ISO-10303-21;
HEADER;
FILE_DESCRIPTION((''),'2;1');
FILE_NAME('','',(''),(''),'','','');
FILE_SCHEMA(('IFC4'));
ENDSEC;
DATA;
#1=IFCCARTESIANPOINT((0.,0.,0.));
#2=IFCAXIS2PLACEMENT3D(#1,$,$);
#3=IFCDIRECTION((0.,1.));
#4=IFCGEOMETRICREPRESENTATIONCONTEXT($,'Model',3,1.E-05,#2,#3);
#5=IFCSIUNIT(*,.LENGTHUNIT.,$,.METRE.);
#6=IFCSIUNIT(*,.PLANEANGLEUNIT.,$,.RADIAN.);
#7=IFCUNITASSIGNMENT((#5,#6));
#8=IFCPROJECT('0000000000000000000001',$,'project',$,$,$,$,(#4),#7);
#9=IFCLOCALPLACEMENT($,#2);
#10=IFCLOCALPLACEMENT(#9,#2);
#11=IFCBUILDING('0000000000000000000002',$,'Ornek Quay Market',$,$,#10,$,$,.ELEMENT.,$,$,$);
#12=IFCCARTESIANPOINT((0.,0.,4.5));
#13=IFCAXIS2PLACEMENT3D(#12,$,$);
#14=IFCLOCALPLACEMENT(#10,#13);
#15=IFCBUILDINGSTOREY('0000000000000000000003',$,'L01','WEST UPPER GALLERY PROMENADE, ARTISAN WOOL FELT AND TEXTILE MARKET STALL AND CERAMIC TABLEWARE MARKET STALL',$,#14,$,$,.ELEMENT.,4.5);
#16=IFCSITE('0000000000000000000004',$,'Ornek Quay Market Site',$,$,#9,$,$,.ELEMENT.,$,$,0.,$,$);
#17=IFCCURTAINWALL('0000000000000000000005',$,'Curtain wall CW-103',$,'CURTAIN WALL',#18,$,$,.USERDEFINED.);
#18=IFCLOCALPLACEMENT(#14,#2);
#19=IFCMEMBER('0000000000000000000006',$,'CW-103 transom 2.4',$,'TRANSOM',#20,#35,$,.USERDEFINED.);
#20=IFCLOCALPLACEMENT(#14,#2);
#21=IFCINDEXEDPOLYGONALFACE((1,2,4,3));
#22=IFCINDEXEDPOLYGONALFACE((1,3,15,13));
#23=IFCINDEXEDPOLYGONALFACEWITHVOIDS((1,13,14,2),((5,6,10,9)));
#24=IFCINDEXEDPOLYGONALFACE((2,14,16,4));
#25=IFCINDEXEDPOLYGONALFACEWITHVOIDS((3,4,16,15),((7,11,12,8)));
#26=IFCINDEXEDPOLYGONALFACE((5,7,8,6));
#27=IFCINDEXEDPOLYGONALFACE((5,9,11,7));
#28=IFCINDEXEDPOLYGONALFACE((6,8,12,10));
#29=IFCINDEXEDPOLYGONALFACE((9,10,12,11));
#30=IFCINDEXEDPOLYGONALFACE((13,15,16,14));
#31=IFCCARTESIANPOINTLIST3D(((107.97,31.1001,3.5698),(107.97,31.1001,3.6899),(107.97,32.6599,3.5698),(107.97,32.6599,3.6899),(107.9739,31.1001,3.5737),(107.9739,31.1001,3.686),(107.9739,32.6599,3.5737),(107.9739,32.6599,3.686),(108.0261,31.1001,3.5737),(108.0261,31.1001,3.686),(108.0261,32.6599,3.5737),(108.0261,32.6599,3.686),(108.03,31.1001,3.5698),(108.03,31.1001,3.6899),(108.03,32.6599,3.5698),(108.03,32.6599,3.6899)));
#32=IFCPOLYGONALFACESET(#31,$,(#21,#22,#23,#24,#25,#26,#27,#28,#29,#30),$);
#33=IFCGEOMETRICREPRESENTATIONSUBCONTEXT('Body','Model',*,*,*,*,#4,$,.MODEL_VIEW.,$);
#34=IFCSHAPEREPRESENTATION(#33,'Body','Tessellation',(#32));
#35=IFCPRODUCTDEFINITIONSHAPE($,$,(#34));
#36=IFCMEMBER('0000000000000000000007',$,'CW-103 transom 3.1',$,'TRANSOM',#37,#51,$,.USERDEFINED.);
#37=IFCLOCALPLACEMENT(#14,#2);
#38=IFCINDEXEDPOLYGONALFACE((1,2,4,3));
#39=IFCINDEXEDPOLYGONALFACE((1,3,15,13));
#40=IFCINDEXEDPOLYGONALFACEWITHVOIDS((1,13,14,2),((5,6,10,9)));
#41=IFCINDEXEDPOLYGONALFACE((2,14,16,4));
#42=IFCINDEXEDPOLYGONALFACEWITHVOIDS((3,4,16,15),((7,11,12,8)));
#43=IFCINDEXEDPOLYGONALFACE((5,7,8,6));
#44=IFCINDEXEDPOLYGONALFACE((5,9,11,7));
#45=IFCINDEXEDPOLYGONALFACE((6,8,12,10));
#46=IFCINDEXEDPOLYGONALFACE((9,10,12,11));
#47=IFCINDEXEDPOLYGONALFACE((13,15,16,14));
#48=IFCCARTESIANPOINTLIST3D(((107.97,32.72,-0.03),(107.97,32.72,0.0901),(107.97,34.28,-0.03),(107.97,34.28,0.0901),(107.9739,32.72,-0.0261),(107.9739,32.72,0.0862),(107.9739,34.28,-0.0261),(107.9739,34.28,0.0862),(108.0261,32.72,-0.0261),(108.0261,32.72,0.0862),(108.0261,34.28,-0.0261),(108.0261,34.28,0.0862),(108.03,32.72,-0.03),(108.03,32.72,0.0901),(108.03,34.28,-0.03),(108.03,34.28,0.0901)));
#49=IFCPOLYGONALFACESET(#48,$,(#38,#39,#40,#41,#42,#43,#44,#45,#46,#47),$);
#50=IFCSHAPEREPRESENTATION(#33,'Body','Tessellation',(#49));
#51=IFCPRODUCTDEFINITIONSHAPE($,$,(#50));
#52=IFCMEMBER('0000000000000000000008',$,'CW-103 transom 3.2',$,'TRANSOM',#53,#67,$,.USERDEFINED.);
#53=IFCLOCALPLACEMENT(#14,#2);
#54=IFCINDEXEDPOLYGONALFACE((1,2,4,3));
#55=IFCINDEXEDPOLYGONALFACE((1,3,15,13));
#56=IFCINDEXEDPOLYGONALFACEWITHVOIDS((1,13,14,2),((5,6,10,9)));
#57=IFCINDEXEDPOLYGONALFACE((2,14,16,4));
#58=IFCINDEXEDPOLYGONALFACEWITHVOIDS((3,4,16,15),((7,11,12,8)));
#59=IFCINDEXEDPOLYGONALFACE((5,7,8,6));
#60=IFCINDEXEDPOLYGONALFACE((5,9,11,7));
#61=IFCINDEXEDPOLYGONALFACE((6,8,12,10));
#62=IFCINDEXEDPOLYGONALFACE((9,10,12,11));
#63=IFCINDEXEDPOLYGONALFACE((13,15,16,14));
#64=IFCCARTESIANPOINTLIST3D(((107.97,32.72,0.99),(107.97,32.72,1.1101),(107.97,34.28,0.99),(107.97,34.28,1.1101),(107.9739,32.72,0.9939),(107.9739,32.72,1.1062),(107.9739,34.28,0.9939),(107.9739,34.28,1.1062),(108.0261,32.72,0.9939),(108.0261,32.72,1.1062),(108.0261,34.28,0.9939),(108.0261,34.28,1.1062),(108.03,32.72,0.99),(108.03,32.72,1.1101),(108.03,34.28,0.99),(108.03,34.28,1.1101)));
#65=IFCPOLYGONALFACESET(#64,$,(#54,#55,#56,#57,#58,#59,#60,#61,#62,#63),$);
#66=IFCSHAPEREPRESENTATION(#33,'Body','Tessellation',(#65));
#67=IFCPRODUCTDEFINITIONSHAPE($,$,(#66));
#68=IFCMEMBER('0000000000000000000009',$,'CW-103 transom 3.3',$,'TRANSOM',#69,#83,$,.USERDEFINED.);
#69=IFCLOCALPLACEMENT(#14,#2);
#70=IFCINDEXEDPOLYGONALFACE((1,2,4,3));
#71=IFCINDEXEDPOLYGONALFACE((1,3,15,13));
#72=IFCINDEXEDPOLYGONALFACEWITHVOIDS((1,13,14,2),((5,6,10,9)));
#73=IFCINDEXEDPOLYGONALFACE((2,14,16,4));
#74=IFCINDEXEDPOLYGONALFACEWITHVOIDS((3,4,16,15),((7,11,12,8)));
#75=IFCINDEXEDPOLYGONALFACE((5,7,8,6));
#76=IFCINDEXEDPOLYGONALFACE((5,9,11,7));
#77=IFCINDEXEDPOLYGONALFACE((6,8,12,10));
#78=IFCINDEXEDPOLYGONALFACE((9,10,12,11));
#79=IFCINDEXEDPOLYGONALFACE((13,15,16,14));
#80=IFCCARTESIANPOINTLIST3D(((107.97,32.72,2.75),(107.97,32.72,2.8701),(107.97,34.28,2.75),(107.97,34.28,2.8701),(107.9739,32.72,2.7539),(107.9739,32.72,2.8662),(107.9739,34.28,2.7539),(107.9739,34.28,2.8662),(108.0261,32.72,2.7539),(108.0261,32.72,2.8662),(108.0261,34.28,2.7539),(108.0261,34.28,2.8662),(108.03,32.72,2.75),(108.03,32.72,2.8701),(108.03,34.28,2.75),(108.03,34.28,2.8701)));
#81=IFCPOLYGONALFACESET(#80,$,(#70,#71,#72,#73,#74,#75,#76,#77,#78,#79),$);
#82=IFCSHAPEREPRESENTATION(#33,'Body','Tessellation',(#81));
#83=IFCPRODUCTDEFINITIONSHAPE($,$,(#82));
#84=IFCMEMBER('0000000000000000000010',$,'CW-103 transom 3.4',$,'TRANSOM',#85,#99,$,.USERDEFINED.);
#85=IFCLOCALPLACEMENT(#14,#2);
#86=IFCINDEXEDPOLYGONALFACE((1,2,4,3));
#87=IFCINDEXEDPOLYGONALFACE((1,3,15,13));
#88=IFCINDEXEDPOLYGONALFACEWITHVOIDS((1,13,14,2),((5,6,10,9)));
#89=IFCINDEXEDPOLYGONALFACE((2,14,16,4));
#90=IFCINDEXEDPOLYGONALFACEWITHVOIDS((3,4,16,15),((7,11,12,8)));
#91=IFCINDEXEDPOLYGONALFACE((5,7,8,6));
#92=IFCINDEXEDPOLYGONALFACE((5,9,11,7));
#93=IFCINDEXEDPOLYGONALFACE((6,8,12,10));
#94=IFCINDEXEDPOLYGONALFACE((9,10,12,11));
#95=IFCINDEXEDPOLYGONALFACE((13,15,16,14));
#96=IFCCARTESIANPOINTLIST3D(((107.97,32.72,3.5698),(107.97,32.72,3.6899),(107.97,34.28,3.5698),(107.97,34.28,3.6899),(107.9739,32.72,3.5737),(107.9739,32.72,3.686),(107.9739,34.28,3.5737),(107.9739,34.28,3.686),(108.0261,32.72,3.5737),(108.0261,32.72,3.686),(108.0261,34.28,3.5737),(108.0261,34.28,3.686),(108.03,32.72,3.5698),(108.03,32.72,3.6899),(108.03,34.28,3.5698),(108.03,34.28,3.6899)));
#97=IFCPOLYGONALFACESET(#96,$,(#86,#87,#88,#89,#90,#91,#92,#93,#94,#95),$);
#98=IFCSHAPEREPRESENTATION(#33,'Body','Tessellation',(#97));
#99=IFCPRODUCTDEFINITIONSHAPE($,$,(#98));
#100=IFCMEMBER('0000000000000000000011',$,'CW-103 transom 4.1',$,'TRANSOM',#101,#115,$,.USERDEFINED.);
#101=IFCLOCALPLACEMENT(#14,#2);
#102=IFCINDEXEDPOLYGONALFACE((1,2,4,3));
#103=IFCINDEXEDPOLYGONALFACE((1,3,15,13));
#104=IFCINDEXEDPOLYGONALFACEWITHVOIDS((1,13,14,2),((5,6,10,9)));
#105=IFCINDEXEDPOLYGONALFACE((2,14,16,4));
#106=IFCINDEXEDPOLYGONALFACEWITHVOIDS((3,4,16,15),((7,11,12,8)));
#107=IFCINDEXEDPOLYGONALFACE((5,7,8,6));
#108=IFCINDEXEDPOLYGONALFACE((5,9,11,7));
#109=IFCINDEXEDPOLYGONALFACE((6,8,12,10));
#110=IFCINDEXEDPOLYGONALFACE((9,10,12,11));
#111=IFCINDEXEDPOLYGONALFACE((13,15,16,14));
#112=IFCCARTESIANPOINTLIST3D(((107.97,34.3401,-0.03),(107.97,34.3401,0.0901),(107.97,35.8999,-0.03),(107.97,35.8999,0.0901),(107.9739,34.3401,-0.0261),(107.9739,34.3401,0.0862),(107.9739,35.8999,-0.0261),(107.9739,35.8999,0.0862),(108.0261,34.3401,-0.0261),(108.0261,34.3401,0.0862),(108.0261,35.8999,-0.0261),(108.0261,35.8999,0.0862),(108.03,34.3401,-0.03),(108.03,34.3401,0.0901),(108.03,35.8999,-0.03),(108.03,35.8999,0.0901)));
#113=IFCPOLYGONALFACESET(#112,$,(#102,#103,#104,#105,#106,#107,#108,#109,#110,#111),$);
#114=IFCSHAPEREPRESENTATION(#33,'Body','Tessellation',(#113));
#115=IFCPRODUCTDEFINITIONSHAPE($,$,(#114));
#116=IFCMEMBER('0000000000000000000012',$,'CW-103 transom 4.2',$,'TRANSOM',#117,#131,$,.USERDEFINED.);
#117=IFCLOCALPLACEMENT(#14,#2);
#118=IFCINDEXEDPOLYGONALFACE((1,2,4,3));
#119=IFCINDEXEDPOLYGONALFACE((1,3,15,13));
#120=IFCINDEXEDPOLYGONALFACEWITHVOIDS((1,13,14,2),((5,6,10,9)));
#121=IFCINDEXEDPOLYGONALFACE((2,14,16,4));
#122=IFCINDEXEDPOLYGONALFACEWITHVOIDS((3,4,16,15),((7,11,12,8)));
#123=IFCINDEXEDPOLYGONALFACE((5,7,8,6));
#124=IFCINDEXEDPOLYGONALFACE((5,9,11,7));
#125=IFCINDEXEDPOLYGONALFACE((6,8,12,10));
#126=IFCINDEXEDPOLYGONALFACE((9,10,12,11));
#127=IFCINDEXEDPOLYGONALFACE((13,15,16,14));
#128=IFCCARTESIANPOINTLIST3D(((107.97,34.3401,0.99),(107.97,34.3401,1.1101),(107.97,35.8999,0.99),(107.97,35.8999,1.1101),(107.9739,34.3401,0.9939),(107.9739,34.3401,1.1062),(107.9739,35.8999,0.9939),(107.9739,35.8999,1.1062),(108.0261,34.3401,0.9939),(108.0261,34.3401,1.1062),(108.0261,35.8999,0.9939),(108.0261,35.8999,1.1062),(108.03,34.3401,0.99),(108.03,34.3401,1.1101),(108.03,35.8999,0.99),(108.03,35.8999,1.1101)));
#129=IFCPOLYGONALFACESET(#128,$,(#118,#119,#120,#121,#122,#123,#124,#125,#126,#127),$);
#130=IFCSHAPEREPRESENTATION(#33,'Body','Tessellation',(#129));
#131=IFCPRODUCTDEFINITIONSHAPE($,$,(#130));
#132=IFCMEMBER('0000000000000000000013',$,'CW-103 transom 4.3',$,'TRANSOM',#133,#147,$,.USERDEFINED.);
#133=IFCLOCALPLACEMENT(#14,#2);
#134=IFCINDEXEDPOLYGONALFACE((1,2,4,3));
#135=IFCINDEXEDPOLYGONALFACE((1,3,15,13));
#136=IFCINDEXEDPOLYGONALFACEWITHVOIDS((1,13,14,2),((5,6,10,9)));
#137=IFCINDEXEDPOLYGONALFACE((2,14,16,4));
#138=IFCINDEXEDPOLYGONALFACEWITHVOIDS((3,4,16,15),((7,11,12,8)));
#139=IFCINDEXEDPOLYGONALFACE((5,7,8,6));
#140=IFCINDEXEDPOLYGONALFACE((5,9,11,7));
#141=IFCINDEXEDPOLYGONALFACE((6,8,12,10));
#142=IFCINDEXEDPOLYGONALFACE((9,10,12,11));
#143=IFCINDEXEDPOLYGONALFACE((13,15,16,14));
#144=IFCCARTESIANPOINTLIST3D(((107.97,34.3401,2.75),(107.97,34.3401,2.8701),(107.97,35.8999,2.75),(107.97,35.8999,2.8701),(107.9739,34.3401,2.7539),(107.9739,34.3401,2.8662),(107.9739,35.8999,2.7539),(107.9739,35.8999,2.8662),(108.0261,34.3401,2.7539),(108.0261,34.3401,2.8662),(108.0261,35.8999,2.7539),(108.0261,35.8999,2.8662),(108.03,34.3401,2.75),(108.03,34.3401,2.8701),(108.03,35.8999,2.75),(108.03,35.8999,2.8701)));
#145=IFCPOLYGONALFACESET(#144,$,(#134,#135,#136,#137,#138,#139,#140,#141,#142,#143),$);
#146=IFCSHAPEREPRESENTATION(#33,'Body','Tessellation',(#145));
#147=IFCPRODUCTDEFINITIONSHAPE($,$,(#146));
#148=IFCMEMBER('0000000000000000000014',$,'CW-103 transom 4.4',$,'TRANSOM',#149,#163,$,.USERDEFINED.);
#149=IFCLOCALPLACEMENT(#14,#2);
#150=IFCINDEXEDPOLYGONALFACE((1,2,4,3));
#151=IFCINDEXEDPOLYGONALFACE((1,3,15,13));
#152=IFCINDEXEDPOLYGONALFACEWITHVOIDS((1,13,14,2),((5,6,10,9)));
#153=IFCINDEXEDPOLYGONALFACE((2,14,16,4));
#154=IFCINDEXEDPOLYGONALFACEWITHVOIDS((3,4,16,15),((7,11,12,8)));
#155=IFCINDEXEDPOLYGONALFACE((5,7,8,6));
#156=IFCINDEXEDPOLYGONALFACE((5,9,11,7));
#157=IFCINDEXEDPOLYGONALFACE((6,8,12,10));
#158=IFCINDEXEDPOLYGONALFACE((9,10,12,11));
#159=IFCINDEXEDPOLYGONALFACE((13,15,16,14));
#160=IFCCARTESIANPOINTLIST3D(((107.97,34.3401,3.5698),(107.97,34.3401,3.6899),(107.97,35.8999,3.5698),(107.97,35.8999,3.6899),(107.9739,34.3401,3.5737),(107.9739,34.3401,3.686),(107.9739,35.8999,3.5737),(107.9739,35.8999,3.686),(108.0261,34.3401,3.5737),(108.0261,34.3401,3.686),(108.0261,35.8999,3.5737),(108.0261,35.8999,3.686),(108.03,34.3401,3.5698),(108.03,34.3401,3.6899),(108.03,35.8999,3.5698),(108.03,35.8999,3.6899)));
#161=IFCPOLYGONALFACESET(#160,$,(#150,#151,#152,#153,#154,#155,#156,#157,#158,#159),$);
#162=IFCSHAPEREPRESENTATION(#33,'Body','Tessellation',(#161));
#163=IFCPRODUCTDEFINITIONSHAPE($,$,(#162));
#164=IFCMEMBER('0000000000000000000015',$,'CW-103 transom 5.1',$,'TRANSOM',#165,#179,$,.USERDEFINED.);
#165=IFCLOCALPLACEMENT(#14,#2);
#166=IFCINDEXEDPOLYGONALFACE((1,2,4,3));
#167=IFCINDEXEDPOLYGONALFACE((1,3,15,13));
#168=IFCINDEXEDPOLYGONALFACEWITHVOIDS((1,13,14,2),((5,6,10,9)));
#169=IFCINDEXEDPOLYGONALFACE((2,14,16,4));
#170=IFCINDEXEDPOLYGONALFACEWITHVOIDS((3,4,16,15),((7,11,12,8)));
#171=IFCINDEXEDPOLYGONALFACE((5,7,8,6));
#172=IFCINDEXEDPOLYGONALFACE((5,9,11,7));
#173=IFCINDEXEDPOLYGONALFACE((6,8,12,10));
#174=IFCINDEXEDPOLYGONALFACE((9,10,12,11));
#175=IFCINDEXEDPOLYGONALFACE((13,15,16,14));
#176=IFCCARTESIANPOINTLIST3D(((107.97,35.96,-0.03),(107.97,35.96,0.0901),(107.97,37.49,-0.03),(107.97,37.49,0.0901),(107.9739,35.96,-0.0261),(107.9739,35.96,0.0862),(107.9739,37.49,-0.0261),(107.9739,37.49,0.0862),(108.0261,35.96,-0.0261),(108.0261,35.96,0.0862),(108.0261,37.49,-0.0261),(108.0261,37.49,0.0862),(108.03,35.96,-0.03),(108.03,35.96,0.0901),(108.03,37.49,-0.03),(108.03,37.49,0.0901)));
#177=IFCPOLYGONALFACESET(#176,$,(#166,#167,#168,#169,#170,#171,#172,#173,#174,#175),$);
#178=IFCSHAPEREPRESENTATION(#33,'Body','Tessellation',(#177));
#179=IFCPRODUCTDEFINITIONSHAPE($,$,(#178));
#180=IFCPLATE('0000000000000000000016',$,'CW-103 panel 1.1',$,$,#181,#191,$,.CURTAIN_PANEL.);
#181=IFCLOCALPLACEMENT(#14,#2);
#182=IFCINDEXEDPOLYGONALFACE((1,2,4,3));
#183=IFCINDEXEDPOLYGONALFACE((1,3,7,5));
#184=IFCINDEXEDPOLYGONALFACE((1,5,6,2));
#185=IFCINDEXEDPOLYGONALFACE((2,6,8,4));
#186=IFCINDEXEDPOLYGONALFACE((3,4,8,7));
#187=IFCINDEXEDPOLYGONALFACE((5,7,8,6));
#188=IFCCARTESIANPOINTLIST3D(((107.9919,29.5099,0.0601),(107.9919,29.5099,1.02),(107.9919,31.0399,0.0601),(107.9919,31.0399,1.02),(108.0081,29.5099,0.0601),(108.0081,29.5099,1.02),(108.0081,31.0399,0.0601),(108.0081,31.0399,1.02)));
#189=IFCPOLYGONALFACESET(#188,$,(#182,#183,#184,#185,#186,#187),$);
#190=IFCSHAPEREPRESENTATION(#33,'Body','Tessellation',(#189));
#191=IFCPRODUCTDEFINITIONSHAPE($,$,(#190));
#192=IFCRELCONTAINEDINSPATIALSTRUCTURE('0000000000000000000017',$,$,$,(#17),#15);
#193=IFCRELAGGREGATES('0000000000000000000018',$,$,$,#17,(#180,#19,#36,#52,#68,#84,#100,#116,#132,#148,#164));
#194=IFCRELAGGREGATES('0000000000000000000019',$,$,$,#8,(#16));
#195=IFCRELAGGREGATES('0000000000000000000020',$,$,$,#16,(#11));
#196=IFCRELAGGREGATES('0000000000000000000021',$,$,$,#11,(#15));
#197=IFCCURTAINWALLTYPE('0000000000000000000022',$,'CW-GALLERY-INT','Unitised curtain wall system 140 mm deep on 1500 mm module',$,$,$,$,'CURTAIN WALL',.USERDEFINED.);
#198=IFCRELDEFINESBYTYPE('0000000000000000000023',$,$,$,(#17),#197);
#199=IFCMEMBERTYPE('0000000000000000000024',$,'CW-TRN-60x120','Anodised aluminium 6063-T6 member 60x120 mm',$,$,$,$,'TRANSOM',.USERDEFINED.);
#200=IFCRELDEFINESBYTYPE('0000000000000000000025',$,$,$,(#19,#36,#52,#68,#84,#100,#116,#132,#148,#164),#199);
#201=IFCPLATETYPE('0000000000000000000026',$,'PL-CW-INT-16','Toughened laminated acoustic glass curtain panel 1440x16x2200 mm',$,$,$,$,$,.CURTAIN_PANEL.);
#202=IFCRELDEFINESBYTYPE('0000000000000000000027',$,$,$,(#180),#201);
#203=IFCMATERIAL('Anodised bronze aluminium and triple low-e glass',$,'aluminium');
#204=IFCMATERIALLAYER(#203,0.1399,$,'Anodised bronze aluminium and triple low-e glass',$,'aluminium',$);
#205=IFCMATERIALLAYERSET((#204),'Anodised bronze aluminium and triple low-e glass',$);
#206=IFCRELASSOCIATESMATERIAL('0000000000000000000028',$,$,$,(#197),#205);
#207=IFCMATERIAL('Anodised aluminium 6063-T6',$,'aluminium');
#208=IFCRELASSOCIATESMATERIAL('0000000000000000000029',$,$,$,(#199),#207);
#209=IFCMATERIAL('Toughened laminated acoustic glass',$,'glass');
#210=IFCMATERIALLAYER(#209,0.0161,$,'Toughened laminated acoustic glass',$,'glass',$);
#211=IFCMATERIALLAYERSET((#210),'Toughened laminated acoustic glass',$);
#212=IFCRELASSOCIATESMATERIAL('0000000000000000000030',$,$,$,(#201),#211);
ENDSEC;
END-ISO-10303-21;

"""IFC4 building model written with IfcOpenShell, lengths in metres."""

from ifc_helpers import new_model, si_unit, direction, frame, origin, origin_2d, place, context, subcontext, project, spatial, rectangle, hollow_rectangle, extrude, material, layer, layer_set, material_profile, profile_set, type_object, element, aggregate, save


model = new_model("IFC4")

# Units and contexts
model_context = context("Model", 3, precision=1e-05, world=origin(), true_north=direction((0.0, 1.0)))
body_context = subcontext(model_context, "Body", "Model", "MODEL_VIEW")
ifc_project = project(units=[si_unit("LENGTHUNIT", "METRE"), si_unit("PLANEANGLEUNIT", "RADIAN")], contexts=[model_context])

# Site, building, storey
site_placement = place(None, origin())
site = spatial("IfcSite", under=ifc_project, at=site_placement, Name="Ornek Quay Market Site", CompositionType="ELEMENT", RefElevation=0.0)
building_placement = place(site_placement, origin())
building = spatial("IfcBuilding", under=site, at=building_placement, Name="Ornek Quay Market", CompositionType="ELEMENT")
storey_placement = place(building_placement, frame((0.0, 0.0, 4.5)))
storey = spatial("IfcBuildingStorey", under=building, at=storey_placement, Name="L01", Description="WEST UPPER GALLERY PROMENADE, ARTISAN WOOL FELT AND TEXTILE MARKET STALL AND CERAMIC TABLEWARE MARKET STALL", CompositionType="ELEMENT", Elevation=4.5)

# Curtain wall, members, plate
ifc_material_1 = material(Name="Anodised bronze aluminium and triple low-e glass", Category="aluminium")
ifc_layer_1 = layer(ifc_material_1, 0.1399, Name="Anodised bronze aluminium and triple low-e glass", Category="aluminium")
ifc_layer_set_1 = layer_set([ifc_layer_1], Name="Anodised bronze aluminium and triple low-e glass")
curtain_wall_type = type_object("IfcCurtainWallType", Name="CW-GALLERY-INT", Description="Unitised curtain wall system 140 mm deep on 1500 mm module", ElementType="CURTAIN WALL", PredefinedType="USERDEFINED", material=ifc_layer_set_1)
curtain_wall_placement = place(storey_placement, origin())
curtain_wall = element("IfcCurtainWall", 1, at=curtain_wall_placement, inside=storey, type_object=curtain_wall_type, Name="Curtain wall CW-103", ObjectType="CURTAIN WALL", PredefinedType="USERDEFINED")
ifc_material_2 = material(Name="Anodised aluminium 6063-T6", Category="aluminium")
ifc_material_profile_1 = material_profile(ifc_material_2, hollow_rectangle(XDim=0.0601, YDim=0.1201, WallThickness=0.0039, at=origin_2d()), Name="CW-TRN-60x120", Category="aluminium")
ifc_profile_set_1 = profile_set([ifc_material_profile_1], Name="Anodised aluminium 6063-T6")
member_type_1 = type_object("IfcMemberType", Name="CW-TRN-60x120", Description="Anodised aluminium 6063-T6 member 60x120 mm", ElementType="TRANSOM", PredefinedType="USERDEFINED", material=ifc_profile_set_1)
member_1_placement = place(storey_placement, frame((108.0, 31.1001, 3.6299), z_axis=(0.0, 1.0, 0.0), x_axis=(-1.0, 0.0, 0.0)))
member_1 = element("IfcMember", 2, at=member_1_placement, type_object=member_type_1, Name="CW-103 transom 2.4", ObjectType="TRANSOM", PredefinedType="USERDEFINED", context=body_context, shape_type="SweptSolid", body=[
    extrude(hollow_rectangle(XDim=0.0601, YDim=0.1201, WallThickness=0.0039, at=origin_2d()), origin(), (0.0, 0.0, 1.0), 1.5598),
])
member_2_placement = place(storey_placement, frame((108.0, 32.72, 0.03), z_axis=(0.0, 1.0, 0.0), x_axis=(-1.0, 0.0, 0.0)))
member_2 = element("IfcMember", 3, at=member_2_placement, type_object=member_type_1, Name="CW-103 transom 3.1", ObjectType="TRANSOM", PredefinedType="USERDEFINED", context=body_context, shape_type="SweptSolid", body=[
    extrude(hollow_rectangle(XDim=0.0601, YDim=0.1201, WallThickness=0.0039, at=origin_2d()), origin(), (0.0, 0.0, 1.0), 1.5601),
])
member_3_placement = place(storey_placement, frame((108.0, 32.72, 1.05), z_axis=(0.0, 1.0, 0.0), x_axis=(-1.0, 0.0, 0.0)))
member_3 = element("IfcMember", 4, at=member_3_placement, type_object=member_type_1, Name="CW-103 transom 3.2", ObjectType="TRANSOM", PredefinedType="USERDEFINED", context=body_context, shape_type="SweptSolid", body=[
    extrude(hollow_rectangle(XDim=0.0601, YDim=0.1201, WallThickness=0.0039, at=origin_2d()), origin(), (0.0, 0.0, 1.0), 1.5601),
])
member_4_placement = place(storey_placement, frame((108.0, 32.72, 2.8101), z_axis=(0.0, 1.0, 0.0), x_axis=(-1.0, 0.0, 0.0)))
member_4 = element("IfcMember", 5, at=member_4_placement, type_object=member_type_1, Name="CW-103 transom 3.3", ObjectType="TRANSOM", PredefinedType="USERDEFINED", context=body_context, shape_type="SweptSolid", body=[
    extrude(hollow_rectangle(XDim=0.0601, YDim=0.1201, WallThickness=0.0039, at=origin_2d()), origin(), (0.0, 0.0, 1.0), 1.5601),
])
member_5_placement = place(storey_placement, frame((108.0, 32.72, 3.6299), z_axis=(0.0, 1.0, 0.0), x_axis=(-1.0, 0.0, 0.0)))
member_5 = element("IfcMember", 6, at=member_5_placement, type_object=member_type_1, Name="CW-103 transom 3.4", ObjectType="TRANSOM", PredefinedType="USERDEFINED", context=body_context, shape_type="SweptSolid", body=[
    extrude(hollow_rectangle(XDim=0.0601, YDim=0.1201, WallThickness=0.0039, at=origin_2d()), origin(), (0.0, 0.0, 1.0), 1.5601),
])
member_6_placement = place(storey_placement, frame((108.0, 34.3401, 0.03), z_axis=(0.0, 1.0, 0.0), x_axis=(-1.0, 0.0, 0.0)))
member_6 = element("IfcMember", 7, at=member_6_placement, type_object=member_type_1, Name="CW-103 transom 4.1", ObjectType="TRANSOM", PredefinedType="USERDEFINED", context=body_context, shape_type="SweptSolid", body=[
    extrude(hollow_rectangle(XDim=0.0601, YDim=0.1201, WallThickness=0.0039, at=origin_2d()), origin(), (0.0, 0.0, 1.0), 1.5598),
])
member_7_placement = place(storey_placement, frame((108.0, 34.3401, 1.05), z_axis=(0.0, 1.0, 0.0), x_axis=(-1.0, 0.0, 0.0)))
member_7 = element("IfcMember", 8, at=member_7_placement, type_object=member_type_1, Name="CW-103 transom 4.2", ObjectType="TRANSOM", PredefinedType="USERDEFINED", context=body_context, shape_type="SweptSolid", body=[
    extrude(hollow_rectangle(XDim=0.0601, YDim=0.1201, WallThickness=0.0039, at=origin_2d()), origin(), (0.0, 0.0, 1.0), 1.5598),
])
member_8_placement = place(storey_placement, frame((108.0, 34.3401, 2.8101), z_axis=(0.0, 1.0, 0.0), x_axis=(-1.0, 0.0, 0.0)))
member_8 = element("IfcMember", 9, at=member_8_placement, type_object=member_type_1, Name="CW-103 transom 4.3", ObjectType="TRANSOM", PredefinedType="USERDEFINED", context=body_context, shape_type="SweptSolid", body=[
    extrude(hollow_rectangle(XDim=0.0601, YDim=0.1201, WallThickness=0.0039, at=origin_2d()), origin(), (0.0, 0.0, 1.0), 1.5598),
])
member_9_placement = place(storey_placement, frame((108.0, 34.3401, 3.6299), z_axis=(0.0, 1.0, 0.0), x_axis=(-1.0, 0.0, 0.0)))
member_9 = element("IfcMember", 10, at=member_9_placement, type_object=member_type_1, Name="CW-103 transom 4.4", ObjectType="TRANSOM", PredefinedType="USERDEFINED", context=body_context, shape_type="SweptSolid", body=[
    extrude(hollow_rectangle(XDim=0.0601, YDim=0.1201, WallThickness=0.0039, at=origin_2d()), origin(), (0.0, 0.0, 1.0), 1.5598),
])
member_10_placement = place(storey_placement, frame((108.0, 35.96, 0.03), z_axis=(0.0, 1.0, 0.0), x_axis=(-1.0, 0.0, 0.0)))
member_10 = element("IfcMember", 11, at=member_10_placement, type_object=member_type_1, Name="CW-103 transom 5.1", ObjectType="TRANSOM", PredefinedType="USERDEFINED", context=body_context, shape_type="SweptSolid", body=[
    extrude(hollow_rectangle(XDim=0.0601, YDim=0.1201, WallThickness=0.0039, at=origin_2d()), origin(), (0.0, 0.0, 1.0), 1.53),
])
ifc_material_3 = material(Name="Toughened laminated acoustic glass", Category="glass")
ifc_layer_2 = layer(ifc_material_3, 0.0161, Name="Toughened laminated acoustic glass", Category="glass")
ifc_layer_set_2 = layer_set([ifc_layer_2], Name="Toughened laminated acoustic glass")
plate_type = type_object("IfcPlateType", Name="PL-CW-INT-16", Description="Toughened laminated acoustic glass curtain panel 1440x16x2200 mm", PredefinedType="CURTAIN_PANEL", material=ifc_layer_set_2)
plate_1_placement = place(storey_placement, frame((108.0, 30.2749, 0.0601), z_axis=(0.0, 0.0, 1.0), x_axis=(0.0, 1.0, 0.0)))
plate_1 = element("IfcPlate", 12, at=plate_1_placement, type_object=plate_type, Name="CW-103 panel 1.1", PredefinedType="CURTAIN_PANEL", context=body_context, shape_type="SweptSolid", body=[
    extrude(rectangle(XDim=1.53, YDim=0.0161, at=origin_2d()), origin(), (0.0, 0.0, 1.0), 0.96),
])
aggregate(curtain_wall, [plate_1, member_1, member_2, member_3, member_4, member_5, member_6, member_7, member_8, member_9, member_10])

save(model, "model.ifc")
